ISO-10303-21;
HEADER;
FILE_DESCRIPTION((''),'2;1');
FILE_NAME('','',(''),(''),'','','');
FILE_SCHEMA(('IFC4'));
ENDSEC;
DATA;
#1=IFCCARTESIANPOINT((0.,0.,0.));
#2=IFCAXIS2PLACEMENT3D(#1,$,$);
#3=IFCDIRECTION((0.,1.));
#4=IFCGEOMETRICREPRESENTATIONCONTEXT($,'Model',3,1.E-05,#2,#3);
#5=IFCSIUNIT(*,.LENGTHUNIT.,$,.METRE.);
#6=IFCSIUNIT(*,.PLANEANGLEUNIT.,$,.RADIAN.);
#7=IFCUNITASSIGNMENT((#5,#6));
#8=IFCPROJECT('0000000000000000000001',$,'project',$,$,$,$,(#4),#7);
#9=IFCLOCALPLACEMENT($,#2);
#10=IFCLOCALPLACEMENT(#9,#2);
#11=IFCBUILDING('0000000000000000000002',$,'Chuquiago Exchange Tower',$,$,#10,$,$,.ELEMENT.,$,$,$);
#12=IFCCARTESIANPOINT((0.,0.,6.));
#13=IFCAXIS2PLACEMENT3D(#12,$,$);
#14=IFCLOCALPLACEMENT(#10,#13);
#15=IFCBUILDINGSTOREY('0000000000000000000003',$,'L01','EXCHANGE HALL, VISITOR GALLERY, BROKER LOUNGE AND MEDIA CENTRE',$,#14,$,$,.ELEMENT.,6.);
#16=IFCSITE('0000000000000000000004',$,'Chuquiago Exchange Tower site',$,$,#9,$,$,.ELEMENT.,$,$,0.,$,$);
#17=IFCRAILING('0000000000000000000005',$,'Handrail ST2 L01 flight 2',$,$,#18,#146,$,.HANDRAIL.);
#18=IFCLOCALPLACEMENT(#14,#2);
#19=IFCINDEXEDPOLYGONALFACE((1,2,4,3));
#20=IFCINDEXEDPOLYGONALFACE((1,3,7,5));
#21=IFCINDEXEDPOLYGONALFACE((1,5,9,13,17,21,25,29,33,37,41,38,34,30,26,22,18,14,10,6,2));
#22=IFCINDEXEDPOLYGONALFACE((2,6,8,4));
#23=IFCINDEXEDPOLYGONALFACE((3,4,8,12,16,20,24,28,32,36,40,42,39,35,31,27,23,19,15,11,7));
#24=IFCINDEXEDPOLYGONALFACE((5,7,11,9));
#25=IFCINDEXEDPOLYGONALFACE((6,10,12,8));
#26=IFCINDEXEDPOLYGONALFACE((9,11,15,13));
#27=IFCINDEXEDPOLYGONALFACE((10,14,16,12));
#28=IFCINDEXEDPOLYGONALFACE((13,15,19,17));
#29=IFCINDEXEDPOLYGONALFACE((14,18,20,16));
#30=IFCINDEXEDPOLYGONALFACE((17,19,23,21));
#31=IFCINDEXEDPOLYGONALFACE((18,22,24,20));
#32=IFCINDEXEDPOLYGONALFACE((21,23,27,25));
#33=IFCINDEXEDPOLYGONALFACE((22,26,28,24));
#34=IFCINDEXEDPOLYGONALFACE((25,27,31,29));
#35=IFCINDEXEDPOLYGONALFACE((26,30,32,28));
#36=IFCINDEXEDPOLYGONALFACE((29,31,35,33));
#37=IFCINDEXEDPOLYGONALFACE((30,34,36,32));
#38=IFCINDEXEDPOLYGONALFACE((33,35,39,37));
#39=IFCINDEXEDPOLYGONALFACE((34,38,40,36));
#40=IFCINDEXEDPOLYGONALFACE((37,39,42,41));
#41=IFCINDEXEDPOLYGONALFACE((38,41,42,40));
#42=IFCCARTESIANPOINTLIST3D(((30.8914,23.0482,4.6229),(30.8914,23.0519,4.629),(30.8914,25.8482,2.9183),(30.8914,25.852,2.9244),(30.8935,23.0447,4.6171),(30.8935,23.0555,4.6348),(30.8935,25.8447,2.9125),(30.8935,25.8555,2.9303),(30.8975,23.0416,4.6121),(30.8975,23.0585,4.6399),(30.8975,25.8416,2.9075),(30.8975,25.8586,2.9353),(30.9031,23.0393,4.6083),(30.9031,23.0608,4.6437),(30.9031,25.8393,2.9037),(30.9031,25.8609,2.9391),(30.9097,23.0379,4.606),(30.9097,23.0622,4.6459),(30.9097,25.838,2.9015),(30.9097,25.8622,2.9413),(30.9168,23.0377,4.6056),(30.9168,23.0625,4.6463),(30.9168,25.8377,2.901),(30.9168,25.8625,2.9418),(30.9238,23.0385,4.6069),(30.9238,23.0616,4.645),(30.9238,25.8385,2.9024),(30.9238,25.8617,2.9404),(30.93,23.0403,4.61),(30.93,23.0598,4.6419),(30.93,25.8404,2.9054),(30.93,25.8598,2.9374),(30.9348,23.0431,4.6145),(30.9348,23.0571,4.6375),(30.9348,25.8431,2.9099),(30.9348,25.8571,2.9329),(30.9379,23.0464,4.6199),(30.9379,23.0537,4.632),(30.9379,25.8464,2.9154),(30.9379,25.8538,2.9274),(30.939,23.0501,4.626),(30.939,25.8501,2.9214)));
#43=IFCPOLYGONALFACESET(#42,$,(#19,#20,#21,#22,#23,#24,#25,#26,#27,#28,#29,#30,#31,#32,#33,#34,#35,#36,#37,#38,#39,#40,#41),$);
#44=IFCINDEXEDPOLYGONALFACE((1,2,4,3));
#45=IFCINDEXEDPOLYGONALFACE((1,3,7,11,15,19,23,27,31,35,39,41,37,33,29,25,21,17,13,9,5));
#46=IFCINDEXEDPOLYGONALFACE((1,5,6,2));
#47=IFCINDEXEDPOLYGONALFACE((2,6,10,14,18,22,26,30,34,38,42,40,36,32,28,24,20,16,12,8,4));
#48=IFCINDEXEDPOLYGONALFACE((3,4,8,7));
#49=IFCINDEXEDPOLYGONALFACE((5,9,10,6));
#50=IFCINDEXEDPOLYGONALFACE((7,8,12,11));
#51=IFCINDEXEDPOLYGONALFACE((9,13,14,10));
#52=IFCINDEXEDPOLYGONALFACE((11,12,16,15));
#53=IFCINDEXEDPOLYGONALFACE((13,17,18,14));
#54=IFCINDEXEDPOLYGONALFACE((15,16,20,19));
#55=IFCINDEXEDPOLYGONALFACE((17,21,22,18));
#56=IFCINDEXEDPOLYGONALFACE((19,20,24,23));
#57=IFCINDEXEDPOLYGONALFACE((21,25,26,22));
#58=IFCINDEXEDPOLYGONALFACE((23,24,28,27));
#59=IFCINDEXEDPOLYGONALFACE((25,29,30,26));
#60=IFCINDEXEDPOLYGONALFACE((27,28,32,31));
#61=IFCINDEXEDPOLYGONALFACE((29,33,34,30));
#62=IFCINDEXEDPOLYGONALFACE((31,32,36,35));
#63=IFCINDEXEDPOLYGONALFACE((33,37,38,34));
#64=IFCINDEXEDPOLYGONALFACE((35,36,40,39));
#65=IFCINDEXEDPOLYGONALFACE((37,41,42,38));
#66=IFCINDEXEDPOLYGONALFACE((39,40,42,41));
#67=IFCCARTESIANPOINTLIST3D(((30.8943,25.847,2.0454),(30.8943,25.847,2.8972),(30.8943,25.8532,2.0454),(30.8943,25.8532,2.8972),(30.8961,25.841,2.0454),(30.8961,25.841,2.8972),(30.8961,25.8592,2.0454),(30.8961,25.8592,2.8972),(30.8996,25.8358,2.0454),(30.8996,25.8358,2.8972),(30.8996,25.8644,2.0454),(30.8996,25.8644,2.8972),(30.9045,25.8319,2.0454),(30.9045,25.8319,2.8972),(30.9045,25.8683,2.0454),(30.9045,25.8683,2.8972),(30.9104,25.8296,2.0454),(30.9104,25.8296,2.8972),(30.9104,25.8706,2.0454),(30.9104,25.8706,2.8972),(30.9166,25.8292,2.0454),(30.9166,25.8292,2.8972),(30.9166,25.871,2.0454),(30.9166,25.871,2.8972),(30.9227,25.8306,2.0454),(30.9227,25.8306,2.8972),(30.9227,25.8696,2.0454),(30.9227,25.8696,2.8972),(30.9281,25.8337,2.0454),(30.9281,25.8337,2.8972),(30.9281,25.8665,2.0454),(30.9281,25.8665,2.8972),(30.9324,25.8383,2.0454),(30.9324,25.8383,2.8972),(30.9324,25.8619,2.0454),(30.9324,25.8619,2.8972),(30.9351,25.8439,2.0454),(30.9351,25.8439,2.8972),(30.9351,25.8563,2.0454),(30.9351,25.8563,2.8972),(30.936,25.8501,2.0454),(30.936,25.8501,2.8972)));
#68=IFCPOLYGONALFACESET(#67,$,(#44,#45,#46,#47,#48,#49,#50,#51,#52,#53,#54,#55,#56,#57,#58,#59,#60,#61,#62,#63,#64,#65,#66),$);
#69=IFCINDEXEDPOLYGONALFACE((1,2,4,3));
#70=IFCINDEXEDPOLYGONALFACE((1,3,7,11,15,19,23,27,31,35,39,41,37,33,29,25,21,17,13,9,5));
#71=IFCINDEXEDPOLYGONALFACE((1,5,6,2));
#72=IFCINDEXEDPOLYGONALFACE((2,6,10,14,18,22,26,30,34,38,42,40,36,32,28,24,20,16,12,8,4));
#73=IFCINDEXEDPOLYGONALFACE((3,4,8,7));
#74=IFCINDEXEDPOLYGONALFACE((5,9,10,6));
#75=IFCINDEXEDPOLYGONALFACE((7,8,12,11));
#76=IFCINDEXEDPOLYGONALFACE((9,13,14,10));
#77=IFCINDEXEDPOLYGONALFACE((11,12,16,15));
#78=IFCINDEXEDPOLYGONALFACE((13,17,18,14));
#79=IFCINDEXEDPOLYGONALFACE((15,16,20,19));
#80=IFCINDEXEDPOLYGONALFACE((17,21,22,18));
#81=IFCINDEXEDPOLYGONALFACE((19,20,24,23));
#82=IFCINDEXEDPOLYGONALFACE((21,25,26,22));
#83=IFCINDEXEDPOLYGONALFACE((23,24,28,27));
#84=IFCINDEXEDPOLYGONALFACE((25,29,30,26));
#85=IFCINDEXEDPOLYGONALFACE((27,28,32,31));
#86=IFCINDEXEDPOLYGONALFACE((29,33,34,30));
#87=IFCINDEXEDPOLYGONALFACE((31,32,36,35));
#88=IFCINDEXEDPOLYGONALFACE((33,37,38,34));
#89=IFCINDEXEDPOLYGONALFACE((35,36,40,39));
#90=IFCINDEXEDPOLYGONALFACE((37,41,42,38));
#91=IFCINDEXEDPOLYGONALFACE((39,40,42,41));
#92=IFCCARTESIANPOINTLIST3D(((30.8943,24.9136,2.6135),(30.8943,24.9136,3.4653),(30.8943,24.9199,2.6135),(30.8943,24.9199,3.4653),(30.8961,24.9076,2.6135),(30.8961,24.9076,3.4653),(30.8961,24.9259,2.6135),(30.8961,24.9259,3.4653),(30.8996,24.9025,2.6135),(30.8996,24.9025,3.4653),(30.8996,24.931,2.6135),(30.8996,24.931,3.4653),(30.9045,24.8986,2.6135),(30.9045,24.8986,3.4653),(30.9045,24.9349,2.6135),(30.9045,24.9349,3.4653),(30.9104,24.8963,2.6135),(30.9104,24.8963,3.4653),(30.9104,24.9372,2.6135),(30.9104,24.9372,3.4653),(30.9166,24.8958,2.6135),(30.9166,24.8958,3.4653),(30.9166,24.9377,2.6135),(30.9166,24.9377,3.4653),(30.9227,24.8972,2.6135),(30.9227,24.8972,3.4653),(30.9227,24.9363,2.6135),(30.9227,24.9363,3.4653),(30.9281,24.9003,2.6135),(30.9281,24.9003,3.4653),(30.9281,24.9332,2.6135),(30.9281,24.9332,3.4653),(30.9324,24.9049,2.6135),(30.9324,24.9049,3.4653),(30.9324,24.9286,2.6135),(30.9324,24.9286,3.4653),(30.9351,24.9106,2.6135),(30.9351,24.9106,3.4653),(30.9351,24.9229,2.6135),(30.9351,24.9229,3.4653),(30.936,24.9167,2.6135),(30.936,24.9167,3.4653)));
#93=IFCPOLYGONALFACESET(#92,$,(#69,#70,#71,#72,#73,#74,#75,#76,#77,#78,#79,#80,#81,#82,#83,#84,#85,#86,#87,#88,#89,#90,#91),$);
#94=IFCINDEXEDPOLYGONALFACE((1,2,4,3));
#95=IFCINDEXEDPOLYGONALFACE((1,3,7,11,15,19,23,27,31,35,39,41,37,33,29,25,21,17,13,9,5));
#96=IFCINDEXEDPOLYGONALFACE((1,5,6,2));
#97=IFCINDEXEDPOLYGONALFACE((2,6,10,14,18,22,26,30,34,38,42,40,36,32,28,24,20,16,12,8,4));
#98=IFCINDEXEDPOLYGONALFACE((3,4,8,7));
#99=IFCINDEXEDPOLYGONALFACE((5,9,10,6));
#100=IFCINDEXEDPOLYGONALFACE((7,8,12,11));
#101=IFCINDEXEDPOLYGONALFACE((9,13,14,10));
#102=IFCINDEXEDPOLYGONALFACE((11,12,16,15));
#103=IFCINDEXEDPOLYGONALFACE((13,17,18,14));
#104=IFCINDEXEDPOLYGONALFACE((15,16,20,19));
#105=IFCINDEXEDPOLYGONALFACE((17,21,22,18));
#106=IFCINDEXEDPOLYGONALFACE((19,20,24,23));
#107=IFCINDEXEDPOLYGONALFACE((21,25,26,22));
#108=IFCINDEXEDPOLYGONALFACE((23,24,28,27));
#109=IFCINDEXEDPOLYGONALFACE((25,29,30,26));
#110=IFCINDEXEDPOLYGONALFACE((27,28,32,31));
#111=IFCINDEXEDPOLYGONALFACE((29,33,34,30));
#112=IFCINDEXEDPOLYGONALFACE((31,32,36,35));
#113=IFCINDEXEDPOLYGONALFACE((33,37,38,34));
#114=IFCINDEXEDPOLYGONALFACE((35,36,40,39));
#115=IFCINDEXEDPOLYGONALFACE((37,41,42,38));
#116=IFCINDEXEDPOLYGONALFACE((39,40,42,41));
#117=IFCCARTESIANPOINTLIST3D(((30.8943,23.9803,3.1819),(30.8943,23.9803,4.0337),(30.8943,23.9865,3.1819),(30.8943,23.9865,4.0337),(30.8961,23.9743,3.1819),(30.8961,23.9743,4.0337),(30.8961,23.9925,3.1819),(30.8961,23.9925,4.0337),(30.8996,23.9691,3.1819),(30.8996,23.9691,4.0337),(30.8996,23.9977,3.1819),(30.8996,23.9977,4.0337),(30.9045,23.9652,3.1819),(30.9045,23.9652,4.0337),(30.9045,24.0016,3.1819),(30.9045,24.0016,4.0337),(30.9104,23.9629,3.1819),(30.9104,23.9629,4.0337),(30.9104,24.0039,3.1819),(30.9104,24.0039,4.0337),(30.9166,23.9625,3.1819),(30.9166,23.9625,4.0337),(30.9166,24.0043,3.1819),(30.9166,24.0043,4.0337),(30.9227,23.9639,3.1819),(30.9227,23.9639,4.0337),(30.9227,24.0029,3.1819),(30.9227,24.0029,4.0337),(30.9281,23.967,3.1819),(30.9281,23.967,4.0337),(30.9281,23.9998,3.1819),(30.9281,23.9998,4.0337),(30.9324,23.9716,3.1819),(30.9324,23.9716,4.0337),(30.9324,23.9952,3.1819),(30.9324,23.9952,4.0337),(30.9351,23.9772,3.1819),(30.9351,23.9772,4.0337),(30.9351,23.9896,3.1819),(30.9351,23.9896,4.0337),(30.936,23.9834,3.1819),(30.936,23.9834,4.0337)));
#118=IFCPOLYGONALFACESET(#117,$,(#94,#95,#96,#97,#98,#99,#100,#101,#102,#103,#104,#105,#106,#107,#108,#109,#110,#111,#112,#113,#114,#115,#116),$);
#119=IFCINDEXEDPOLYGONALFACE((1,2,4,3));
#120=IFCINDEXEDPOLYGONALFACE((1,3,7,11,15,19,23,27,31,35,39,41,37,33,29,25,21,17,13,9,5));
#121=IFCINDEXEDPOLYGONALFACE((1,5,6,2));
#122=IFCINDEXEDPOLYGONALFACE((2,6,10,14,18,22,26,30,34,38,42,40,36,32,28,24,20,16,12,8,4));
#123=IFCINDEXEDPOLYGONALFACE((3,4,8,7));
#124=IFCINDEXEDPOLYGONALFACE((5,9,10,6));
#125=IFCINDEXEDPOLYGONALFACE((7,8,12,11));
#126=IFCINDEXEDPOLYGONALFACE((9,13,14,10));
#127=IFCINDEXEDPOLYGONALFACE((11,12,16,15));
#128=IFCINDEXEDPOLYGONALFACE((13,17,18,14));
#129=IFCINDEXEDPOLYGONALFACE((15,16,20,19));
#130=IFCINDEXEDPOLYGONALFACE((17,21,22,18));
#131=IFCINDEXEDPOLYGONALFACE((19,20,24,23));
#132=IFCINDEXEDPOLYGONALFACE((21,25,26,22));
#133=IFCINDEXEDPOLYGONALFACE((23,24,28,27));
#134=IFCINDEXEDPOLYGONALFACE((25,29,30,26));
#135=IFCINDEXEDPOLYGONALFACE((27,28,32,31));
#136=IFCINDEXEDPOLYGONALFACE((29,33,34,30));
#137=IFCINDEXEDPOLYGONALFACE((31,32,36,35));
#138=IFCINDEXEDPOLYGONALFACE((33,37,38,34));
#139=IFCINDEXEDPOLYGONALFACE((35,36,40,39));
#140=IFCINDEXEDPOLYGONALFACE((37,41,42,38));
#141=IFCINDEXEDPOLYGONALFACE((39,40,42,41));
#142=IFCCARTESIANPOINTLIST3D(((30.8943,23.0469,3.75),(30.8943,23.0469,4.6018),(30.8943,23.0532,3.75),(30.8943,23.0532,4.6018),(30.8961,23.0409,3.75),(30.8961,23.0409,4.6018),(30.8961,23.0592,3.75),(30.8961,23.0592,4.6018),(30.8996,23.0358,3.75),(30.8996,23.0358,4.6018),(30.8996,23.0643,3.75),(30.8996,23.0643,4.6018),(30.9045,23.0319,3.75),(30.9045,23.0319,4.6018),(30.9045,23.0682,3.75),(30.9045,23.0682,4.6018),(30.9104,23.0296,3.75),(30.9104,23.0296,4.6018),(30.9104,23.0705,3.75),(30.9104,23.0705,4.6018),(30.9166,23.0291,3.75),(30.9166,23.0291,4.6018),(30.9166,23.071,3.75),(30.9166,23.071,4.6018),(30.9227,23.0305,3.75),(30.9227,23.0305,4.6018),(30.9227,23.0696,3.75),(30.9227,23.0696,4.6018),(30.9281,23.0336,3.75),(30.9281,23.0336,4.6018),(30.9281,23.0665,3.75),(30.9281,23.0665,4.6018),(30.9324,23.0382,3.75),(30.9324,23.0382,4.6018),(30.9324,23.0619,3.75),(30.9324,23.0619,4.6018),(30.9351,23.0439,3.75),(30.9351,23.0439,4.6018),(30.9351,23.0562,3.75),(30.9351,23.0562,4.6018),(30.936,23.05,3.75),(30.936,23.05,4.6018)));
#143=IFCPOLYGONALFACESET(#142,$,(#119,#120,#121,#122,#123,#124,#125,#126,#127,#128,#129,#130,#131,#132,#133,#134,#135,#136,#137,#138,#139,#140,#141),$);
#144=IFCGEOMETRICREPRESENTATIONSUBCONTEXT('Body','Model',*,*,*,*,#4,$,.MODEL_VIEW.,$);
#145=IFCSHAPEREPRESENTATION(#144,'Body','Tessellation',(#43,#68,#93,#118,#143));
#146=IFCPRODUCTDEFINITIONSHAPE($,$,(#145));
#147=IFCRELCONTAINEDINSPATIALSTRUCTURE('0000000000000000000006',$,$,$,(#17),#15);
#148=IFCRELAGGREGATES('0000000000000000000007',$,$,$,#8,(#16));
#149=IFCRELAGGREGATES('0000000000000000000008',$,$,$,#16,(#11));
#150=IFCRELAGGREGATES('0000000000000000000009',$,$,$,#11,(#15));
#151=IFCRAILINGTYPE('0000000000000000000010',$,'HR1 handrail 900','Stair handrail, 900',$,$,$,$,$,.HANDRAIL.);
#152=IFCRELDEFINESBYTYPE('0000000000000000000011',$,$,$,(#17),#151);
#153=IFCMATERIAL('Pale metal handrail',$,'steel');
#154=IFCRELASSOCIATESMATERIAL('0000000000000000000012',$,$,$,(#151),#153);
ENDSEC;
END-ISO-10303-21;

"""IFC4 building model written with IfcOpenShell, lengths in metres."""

from ifc_helpers import new_model, si_unit, direction, frame, origin, origin_2d, place, context, subcontext, project, spatial, circle, extrude, material, type_object, element, save


model = new_model("IFC4")

# Units and contexts
model_context = context("Model", 3, precision=1e-05, world=origin(), true_north=direction((0.0, 1.0)))
body_context = subcontext(model_context, "Body", "Model", "MODEL_VIEW")
ifc_project = project(units=[si_unit("LENGTHUNIT", "METRE"), si_unit("PLANEANGLEUNIT", "RADIAN")], contexts=[model_context])

# Site, building, storey
site_placement = place(None, origin())
site = spatial("IfcSite", under=ifc_project, at=site_placement, Name="Chuquiago Exchange Tower site", CompositionType="ELEMENT", RefElevation=0.0)
building_placement = place(site_placement, origin())
building = spatial("IfcBuilding", under=site, at=building_placement, Name="Chuquiago Exchange Tower", CompositionType="ELEMENT")
storey_placement = place(building_placement, frame((0.0, 0.0, 6.0)))
storey = spatial("IfcBuildingStorey", under=building, at=storey_placement, Name="L01", Description="EXCHANGE HALL, VISITOR GALLERY, BROKER LOUNGE AND MEDIA CENTRE", CompositionType="ELEMENT", Elevation=6.0)

# Railing
ifc_material_1 = material(Name="Pale metal handrail", Category="steel")
railing_type_1 = type_object("IfcRailingType", Name="HR1 handrail 900", Description="Stair handrail, 900", PredefinedType="HANDRAIL", material=ifc_material_1)
for number, where, name in (
    (1, (30.915, 25.8501, 2.0454), "Handrail ST2 L01 flight 2"),
):
    element("IfcRailing", number, at=place(storey_placement, frame(where)), inside=storey, type_object=railing_type_1, Name=name, PredefinedType="HANDRAIL", context=body_context, shape_type="SweptSolid", body=[
        extrude(circle(Radius=0.0239, at=origin_2d()), frame((0.0, 0.0, 0.876), z_axis=(0.0, -0.85417, 0.519994), x_axis=(1.0, 0.0, 0.0)), (0.0, 0.0, 1.0), 3.2781),
        extrude(circle(Radius=0.021, at=origin_2d()), origin(), (0.0, 0.0, 1.0), 0.8518),
        extrude(circle(Radius=0.021, at=origin_2d()), frame((0.0, -0.9333, 0.5681)), (0.0, 0.0, 1.0), 0.8518),
        extrude(circle(Radius=0.021, at=origin_2d()), frame((0.0, -1.8667, 1.1365)), (0.0, 0.0, 1.0), 0.8518),
        extrude(circle(Radius=0.021, at=origin_2d()), frame((0.0, -2.8, 1.7046)), (0.0, 0.0, 1.0), 0.8518),
    ])

save(model, "model.ifc")
